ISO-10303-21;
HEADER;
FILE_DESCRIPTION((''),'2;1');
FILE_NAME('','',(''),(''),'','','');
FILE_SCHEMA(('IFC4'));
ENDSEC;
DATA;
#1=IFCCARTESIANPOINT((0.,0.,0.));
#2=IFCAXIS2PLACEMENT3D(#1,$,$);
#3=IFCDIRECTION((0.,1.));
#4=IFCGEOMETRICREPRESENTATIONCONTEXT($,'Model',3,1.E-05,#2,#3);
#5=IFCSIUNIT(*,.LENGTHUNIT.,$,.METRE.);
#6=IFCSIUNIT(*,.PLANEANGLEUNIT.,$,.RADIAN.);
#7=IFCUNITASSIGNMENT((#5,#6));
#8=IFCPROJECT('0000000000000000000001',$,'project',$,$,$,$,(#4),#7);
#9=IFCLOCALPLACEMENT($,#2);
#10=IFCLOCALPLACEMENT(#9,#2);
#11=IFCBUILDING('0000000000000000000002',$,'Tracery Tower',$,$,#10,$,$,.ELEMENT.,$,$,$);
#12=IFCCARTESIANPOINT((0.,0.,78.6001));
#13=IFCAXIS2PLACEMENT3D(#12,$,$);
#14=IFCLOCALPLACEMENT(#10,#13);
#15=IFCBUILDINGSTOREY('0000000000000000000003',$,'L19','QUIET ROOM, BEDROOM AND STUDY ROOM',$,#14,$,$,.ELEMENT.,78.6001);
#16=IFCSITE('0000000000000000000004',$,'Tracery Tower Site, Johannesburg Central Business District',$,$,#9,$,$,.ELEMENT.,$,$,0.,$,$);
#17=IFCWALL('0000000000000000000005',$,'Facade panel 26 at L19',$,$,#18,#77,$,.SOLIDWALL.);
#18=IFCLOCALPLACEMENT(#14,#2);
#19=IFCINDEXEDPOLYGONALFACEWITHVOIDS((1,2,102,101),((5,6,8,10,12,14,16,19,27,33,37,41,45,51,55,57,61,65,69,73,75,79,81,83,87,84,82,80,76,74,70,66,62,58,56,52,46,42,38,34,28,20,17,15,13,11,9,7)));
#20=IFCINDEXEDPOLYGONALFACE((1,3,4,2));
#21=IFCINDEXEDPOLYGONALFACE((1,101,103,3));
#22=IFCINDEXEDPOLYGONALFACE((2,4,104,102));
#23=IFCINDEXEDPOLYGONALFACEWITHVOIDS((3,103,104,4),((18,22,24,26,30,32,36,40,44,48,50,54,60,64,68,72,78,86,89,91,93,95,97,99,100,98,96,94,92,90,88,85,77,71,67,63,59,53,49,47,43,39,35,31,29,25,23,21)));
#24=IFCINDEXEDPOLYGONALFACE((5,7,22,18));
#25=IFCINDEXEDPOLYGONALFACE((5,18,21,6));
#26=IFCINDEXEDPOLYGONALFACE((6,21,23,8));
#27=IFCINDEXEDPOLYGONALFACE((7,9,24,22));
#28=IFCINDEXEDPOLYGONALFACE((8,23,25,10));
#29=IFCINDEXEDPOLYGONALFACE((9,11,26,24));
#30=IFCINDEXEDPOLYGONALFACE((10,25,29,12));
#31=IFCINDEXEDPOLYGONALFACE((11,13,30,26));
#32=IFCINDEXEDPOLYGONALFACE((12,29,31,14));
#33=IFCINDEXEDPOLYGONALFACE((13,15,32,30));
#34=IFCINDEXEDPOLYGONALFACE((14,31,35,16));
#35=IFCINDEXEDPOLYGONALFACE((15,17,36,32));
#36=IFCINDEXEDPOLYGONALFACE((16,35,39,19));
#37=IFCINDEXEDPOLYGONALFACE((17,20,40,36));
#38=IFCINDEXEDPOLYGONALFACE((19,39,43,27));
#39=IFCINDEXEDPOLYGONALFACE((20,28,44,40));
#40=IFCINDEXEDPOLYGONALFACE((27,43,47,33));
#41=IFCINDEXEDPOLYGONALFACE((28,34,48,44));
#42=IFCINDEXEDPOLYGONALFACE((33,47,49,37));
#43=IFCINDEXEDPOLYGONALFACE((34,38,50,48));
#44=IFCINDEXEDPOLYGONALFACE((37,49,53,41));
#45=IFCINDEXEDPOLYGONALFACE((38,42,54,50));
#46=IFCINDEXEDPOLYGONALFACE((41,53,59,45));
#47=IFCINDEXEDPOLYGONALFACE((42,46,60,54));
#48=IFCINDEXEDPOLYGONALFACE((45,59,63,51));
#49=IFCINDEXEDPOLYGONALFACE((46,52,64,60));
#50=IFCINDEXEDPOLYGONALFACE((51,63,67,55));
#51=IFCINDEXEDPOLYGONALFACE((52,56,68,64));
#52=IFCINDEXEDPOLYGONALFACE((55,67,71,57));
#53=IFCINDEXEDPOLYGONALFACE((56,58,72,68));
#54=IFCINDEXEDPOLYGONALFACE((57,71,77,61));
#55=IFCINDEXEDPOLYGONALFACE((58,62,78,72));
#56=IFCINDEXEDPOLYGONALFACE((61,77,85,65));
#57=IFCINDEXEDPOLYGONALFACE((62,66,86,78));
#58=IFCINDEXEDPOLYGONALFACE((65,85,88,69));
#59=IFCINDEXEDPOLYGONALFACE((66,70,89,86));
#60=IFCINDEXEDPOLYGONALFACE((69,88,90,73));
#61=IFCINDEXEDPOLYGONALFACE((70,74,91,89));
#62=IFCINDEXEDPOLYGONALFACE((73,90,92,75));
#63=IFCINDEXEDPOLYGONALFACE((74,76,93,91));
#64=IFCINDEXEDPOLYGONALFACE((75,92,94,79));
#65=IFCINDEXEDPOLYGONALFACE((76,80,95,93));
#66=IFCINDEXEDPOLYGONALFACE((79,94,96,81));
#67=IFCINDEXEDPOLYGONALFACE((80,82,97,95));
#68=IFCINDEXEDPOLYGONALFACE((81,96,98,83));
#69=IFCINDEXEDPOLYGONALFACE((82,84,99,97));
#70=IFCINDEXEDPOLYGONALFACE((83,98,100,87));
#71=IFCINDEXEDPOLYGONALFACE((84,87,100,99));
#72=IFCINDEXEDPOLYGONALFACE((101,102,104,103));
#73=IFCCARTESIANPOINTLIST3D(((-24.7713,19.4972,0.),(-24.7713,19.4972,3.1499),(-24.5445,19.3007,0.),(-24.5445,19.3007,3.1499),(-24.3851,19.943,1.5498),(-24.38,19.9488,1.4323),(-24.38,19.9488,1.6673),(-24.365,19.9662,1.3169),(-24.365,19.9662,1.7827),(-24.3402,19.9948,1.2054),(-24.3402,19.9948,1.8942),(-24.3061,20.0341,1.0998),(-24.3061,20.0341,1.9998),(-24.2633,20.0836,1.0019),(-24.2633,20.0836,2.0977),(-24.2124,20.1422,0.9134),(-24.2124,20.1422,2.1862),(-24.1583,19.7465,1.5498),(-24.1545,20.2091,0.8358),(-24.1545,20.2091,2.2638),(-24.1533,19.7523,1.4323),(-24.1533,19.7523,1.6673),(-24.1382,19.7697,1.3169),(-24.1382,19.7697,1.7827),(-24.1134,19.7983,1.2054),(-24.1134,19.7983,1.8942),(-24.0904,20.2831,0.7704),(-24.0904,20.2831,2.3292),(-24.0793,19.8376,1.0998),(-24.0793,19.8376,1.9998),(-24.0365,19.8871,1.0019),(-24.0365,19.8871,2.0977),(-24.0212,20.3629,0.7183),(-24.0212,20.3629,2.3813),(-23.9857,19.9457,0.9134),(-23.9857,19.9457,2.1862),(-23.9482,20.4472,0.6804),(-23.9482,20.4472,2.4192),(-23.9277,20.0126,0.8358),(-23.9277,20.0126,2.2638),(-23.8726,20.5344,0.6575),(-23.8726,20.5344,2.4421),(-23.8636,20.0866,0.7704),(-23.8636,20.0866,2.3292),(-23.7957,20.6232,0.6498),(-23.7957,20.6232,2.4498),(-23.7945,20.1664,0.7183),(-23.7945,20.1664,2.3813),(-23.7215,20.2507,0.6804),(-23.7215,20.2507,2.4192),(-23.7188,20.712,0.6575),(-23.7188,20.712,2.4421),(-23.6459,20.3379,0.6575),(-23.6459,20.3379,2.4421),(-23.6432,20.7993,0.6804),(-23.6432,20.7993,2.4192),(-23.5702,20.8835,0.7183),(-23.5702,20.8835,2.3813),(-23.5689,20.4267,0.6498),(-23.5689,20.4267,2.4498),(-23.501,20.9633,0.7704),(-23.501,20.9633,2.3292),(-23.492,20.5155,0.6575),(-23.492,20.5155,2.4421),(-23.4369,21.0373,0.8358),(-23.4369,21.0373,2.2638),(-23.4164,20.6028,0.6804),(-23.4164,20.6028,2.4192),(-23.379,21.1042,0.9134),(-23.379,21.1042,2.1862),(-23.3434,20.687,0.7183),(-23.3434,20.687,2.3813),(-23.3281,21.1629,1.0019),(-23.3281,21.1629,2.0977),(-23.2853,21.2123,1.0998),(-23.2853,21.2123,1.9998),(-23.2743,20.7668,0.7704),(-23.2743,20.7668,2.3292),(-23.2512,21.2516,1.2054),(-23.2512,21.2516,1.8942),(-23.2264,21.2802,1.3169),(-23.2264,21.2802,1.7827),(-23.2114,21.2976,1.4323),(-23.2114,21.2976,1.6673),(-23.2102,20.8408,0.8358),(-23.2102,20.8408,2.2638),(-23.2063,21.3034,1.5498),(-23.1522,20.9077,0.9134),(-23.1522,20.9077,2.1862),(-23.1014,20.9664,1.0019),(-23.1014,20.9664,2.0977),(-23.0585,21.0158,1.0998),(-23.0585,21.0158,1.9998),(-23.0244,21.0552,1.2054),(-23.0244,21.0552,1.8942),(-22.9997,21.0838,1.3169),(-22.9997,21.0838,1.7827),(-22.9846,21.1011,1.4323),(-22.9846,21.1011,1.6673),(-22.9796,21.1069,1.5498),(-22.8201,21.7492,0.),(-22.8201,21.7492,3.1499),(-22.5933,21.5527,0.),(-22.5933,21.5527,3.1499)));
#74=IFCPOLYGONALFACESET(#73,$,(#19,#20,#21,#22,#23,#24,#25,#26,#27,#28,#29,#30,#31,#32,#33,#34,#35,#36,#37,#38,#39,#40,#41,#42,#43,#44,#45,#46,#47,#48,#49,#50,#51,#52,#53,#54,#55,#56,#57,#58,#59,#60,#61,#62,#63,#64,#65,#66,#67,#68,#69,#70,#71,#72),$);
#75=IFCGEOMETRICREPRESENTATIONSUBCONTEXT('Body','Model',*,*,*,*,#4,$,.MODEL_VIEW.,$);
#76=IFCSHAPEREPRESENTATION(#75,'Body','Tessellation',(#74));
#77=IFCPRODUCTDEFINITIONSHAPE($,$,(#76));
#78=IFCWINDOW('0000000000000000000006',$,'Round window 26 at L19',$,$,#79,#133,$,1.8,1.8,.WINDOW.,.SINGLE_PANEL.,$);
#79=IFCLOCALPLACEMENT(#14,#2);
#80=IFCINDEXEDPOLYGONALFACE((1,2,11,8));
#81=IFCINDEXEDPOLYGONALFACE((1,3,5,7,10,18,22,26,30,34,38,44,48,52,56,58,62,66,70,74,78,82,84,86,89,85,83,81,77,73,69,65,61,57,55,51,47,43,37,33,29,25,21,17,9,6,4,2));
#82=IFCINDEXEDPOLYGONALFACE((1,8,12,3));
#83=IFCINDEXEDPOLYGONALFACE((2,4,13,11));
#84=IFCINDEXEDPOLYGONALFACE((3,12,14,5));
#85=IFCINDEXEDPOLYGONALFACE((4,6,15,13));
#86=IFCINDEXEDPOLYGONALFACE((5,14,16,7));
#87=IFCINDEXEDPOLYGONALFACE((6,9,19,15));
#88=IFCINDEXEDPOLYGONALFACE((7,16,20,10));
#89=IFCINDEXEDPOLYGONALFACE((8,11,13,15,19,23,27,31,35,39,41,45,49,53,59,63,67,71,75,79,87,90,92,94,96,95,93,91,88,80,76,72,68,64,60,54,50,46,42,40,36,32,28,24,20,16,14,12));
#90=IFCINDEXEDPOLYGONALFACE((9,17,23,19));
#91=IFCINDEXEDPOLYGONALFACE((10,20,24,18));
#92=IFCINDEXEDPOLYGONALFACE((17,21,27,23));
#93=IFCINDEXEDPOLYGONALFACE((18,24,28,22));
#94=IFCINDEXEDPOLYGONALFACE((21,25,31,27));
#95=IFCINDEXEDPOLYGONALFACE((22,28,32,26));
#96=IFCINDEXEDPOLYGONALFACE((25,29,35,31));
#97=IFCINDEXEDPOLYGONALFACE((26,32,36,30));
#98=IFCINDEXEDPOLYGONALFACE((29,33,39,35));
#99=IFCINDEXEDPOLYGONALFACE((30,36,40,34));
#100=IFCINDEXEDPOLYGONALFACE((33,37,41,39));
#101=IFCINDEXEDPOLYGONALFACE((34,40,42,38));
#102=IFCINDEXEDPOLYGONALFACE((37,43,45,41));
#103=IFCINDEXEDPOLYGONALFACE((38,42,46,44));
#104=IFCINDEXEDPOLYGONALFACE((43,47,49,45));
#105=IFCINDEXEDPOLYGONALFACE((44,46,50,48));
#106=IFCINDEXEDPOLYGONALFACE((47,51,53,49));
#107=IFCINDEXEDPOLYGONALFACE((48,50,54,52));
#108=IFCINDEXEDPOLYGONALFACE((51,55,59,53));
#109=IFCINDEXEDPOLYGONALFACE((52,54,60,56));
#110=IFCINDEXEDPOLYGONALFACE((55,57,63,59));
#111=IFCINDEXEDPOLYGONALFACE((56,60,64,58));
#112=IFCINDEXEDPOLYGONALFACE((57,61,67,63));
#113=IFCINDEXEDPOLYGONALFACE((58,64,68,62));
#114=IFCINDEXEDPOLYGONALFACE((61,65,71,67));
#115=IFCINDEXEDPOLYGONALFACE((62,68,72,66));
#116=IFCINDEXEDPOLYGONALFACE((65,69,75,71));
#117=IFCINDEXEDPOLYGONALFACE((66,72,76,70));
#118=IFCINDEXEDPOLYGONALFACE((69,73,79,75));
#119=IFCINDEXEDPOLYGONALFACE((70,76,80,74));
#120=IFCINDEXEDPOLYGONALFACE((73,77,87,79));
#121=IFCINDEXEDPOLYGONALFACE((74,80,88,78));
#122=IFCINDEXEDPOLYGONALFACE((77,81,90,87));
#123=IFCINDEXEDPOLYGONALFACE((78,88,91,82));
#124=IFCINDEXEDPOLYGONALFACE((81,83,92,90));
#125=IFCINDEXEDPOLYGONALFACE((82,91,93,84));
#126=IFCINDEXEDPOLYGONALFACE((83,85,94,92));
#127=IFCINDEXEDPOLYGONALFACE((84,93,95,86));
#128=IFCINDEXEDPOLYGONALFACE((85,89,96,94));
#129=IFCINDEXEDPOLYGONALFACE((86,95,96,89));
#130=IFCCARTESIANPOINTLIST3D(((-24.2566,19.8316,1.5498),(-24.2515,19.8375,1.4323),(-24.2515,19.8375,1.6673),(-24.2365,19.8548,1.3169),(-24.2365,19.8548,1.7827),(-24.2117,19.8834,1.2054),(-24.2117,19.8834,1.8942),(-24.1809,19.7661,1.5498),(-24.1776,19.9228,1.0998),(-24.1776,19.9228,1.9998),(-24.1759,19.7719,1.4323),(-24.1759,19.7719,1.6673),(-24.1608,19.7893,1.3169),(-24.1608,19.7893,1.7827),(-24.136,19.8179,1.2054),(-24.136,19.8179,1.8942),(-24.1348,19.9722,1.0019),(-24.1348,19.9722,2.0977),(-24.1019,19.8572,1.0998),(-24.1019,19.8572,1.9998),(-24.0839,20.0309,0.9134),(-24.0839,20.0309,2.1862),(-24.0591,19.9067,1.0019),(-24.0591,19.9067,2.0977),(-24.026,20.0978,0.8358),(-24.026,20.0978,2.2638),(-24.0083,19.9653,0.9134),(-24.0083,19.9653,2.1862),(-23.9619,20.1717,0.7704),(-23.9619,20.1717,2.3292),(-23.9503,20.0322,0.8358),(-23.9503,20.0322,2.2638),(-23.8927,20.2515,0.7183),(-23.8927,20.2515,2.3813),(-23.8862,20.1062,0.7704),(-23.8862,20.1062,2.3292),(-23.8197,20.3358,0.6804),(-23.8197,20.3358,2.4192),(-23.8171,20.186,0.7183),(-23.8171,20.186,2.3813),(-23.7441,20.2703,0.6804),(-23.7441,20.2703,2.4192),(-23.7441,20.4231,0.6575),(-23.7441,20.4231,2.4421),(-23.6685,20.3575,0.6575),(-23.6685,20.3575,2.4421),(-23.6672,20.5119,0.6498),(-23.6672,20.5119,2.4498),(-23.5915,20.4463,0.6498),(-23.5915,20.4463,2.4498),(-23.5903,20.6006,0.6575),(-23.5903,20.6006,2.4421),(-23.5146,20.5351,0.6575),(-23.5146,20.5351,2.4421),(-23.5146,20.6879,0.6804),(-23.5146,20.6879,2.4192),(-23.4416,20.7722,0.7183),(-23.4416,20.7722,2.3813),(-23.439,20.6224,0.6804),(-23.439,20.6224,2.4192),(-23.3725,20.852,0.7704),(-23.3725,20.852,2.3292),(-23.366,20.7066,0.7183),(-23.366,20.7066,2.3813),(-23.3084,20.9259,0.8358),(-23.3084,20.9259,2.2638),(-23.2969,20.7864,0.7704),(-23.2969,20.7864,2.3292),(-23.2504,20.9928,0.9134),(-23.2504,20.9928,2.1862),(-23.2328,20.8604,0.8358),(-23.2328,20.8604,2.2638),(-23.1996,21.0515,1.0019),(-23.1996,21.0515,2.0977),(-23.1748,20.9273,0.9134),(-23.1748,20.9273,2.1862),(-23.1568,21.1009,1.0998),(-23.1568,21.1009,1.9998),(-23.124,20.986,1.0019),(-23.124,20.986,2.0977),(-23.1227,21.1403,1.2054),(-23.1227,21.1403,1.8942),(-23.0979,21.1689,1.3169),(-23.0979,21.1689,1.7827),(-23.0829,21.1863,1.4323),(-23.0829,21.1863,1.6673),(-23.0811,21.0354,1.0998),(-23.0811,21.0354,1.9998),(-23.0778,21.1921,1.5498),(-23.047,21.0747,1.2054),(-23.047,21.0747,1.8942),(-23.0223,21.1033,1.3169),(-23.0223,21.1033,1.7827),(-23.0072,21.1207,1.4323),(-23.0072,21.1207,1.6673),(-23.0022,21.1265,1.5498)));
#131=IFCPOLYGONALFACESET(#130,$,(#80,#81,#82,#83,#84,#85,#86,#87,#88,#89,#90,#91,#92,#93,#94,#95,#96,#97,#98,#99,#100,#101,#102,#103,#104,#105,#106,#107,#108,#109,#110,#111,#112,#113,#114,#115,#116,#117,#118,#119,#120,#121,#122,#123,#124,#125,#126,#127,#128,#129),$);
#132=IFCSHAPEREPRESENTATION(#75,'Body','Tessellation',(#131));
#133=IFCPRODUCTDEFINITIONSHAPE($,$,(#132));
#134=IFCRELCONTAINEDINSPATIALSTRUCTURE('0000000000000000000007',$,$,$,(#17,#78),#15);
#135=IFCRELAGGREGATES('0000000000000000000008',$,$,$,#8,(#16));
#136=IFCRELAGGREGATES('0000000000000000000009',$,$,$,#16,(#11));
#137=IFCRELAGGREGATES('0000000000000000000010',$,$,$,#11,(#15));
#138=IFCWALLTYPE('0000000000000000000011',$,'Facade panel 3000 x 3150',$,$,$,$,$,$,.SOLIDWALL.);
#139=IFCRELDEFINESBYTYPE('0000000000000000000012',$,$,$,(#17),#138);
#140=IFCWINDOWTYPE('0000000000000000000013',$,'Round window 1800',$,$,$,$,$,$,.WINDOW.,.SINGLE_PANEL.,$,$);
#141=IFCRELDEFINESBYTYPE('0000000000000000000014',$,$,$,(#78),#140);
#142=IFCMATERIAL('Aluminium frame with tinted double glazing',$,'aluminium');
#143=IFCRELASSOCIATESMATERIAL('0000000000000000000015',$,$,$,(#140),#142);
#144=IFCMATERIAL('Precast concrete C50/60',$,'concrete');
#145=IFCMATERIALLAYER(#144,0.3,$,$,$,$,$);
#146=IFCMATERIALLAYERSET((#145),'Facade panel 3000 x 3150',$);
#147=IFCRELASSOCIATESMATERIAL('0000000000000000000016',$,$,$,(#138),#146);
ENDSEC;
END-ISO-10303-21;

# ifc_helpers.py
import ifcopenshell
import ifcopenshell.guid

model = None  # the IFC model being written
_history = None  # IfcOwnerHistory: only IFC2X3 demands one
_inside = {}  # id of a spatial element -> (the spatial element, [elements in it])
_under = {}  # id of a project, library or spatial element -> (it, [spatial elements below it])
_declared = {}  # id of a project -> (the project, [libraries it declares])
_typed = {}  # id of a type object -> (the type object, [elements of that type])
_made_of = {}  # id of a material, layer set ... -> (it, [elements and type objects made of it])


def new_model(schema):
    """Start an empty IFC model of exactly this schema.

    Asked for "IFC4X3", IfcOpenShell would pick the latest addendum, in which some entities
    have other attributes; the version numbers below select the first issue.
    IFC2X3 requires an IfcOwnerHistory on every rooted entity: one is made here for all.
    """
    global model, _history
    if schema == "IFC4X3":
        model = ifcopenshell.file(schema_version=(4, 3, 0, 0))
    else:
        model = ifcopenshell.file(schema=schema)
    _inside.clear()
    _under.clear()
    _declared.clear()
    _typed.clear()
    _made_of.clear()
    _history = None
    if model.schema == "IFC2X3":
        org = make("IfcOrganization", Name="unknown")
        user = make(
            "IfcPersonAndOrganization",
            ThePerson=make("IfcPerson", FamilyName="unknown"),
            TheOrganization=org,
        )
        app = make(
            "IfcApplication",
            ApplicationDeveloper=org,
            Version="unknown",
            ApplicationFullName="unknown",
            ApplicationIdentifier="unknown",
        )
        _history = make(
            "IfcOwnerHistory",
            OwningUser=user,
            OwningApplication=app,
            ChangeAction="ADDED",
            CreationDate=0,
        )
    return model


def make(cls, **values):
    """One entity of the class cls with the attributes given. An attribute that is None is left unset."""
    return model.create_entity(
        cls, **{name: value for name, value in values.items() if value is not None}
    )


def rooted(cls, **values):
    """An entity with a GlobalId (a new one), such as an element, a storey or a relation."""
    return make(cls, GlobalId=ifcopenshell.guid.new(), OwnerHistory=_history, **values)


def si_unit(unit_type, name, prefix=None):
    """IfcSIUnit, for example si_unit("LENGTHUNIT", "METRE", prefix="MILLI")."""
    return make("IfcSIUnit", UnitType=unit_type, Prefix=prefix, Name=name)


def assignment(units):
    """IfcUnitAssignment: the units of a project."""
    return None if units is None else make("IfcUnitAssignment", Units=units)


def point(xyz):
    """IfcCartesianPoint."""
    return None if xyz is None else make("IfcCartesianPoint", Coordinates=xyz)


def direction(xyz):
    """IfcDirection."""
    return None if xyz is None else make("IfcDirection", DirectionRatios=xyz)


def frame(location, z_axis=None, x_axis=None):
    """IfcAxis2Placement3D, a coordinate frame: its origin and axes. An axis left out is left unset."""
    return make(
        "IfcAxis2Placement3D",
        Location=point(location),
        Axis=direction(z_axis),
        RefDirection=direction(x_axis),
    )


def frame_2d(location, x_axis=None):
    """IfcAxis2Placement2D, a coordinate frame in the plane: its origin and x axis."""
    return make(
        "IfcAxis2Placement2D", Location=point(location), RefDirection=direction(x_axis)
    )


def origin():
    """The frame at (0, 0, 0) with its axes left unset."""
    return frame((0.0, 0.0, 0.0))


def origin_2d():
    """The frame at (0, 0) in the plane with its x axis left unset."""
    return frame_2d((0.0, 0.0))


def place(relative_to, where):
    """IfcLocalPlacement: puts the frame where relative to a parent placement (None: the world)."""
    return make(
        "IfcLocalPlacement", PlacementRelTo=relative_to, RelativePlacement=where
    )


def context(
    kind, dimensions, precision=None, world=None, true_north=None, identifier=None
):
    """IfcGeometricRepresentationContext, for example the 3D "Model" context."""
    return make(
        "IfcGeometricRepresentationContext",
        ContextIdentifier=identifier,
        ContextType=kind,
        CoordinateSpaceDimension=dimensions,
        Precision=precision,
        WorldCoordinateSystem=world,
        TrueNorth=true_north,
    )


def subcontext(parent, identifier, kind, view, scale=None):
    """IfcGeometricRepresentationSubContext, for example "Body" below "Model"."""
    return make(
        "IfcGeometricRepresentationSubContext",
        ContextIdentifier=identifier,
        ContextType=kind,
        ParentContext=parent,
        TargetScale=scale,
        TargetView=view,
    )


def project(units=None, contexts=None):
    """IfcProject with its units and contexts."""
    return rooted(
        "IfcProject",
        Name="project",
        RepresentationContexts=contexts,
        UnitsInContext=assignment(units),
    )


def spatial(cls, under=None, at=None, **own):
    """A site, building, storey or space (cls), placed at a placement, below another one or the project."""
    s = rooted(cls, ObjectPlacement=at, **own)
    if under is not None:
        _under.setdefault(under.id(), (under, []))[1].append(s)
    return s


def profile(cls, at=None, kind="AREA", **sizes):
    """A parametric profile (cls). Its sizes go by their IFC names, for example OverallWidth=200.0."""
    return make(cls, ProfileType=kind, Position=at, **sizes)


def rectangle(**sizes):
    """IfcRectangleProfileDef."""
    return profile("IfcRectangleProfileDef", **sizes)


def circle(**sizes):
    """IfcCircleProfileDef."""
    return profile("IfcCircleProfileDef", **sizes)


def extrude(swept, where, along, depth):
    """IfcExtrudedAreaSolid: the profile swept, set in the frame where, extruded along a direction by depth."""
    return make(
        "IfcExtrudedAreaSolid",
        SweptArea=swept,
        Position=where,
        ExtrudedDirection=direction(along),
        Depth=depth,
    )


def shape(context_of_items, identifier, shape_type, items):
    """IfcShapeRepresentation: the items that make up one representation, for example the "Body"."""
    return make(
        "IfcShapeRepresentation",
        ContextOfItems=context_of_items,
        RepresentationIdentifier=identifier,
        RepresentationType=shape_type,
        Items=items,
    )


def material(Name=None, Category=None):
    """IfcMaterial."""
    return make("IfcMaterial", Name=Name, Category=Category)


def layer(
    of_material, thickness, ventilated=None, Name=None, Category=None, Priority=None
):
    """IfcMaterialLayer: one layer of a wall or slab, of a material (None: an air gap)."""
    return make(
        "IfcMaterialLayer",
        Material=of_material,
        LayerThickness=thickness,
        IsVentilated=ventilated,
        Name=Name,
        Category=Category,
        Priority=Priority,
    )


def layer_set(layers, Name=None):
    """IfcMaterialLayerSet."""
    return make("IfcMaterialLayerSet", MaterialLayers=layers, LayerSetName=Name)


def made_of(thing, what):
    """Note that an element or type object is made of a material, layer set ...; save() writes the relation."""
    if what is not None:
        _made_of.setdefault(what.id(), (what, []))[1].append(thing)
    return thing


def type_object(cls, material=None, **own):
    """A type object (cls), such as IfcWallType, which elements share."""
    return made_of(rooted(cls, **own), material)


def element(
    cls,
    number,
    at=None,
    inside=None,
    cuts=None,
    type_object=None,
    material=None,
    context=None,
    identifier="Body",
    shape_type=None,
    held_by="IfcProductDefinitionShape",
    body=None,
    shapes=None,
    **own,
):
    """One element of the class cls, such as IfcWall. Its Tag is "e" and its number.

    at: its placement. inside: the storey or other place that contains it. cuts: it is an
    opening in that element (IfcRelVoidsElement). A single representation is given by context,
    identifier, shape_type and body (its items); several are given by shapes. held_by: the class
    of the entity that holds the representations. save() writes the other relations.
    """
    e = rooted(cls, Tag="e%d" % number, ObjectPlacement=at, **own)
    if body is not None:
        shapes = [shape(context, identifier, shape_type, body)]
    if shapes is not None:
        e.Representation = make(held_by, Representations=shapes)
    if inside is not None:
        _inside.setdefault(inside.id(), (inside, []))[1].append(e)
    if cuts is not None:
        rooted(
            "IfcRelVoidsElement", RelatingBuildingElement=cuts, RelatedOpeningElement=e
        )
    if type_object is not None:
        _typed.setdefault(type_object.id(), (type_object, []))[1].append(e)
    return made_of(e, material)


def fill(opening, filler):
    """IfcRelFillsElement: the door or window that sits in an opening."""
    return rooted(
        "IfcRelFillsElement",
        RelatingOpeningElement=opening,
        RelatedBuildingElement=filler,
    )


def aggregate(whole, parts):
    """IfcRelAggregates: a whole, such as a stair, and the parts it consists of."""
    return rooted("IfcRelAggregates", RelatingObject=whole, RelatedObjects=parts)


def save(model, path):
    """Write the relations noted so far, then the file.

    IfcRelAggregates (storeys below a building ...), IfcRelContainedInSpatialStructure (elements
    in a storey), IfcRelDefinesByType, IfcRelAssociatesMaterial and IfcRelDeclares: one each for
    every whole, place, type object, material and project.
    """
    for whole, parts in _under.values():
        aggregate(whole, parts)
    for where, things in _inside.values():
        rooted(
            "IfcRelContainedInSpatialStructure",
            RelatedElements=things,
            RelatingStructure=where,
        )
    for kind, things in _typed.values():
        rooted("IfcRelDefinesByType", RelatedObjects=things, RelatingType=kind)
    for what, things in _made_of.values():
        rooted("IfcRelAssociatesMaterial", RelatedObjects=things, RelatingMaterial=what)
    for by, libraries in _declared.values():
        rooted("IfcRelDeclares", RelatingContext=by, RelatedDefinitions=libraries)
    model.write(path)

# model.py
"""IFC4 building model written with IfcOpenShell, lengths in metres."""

from ifc_helpers import new_model, si_unit, direction, frame, frame_2d, origin, origin_2d, place, context, subcontext, project, spatial, rectangle, circle, extrude, material, layer, layer_set, type_object, element, fill, save


model = new_model("IFC4")

# Units and contexts
model_context = context("Model", 3, precision=1e-05, world=origin(), true_north=direction((0.0, 1.0)))
body_context = subcontext(model_context, "Body", "Model", "MODEL_VIEW")
ifc_project = project(units=[si_unit("LENGTHUNIT", "METRE"), si_unit("PLANEANGLEUNIT", "RADIAN")], contexts=[model_context])

# Site, building, storey
site_placement = place(None, origin())
site = spatial("IfcSite", under=ifc_project, at=site_placement, Name="Tracery Tower Site, Johannesburg Central Business District", CompositionType="ELEMENT", RefElevation=0.0)
building_placement = place(site_placement, origin())
building = spatial("IfcBuilding", under=site, at=building_placement, Name="Tracery Tower", CompositionType="ELEMENT")
storey_placement = place(building_placement, frame((0.0, 0.0, 78.6001)))
storey = spatial("IfcBuildingStorey", under=building, at=storey_placement, Name="L19", Description="QUIET ROOM, BEDROOM AND STUDY ROOM", CompositionType="ELEMENT", Elevation=78.6001)

# Wall, opening, window
ifc_material_1 = material(Name="Aluminium frame with tinted double glazing", Category="aluminium")
window_type = type_object("IfcWindowType", Name="Round window 1800", PartitioningType="SINGLE_PANEL", PredefinedType="WINDOW", material=ifc_material_1)
ifc_material_2 = material(Name="Precast concrete C50/60", Category="concrete")
ifc_layer_1 = layer(ifc_material_2, 0.3)
ifc_layer_set_1 = layer_set([ifc_layer_1], Name="Facade panel 3000 x 3150")
wall_type_1 = type_object("IfcWallType", Name="Facade panel 3000 x 3150", PredefinedType="SOLIDWALL", material=ifc_layer_set_1)
wall_1_placement = place(storey_placement, frame((-22.7068, 21.6509, 0.0), z_axis=(0.0, 0.0, 1.0), x_axis=(-0.654831, -0.755776, 0.0)))
wall_1 = element("IfcWall", 1, at=wall_1_placement, inside=storey, type_object=wall_type_1, Name="Facade panel 26 at L19", PredefinedType="SOLIDWALL", context=body_context, shape_type="SweptSolid", body=[
    extrude(rectangle(XDim=2.9797, YDim=0.3, at=frame_2d((1.4897, 0.0))), origin(), (0.0, 0.0, 1.0), 3.1499),
])
opening_1_placement = place(wall_1_placement, frame((1.4897, 0.0, 1.5498)))
opening_1 = element("IfcOpeningElement", 2, at=opening_1_placement, cuts=wall_1, PredefinedType="OPENING", context=body_context, shape_type="SweptSolid", body=[
    extrude(circle(Radius=0.9, at=origin_2d()), frame((0.0, 0.1599, 0.0), z_axis=(0.0, -1.0, 0.0), x_axis=(1.0, 0.0, 0.0)), (0.0, 0.0, 1.0), 0.3201),
])
window_1_placement = place(opening_1_placement, origin())
window_1 = element("IfcWindow", 3, at=window_1_placement, inside=storey, type_object=window_type, Name="Round window 26 at L19", OverallHeight=1.8, OverallWidth=1.8, PartitioningType="SINGLE_PANEL", PredefinedType="WINDOW", context=body_context, shape_type="SweptSolid", body=[
    extrude(circle(Radius=0.9, at=origin_2d()), frame((0.0, 0.1201, 0.0), z_axis=(0.0, -1.0, 0.0), x_axis=(1.0, 0.0, 0.0)), (0.0, 0.0, 1.0), 0.1001),
])
fill(opening_1, window_1)

save(model, "model.ifc")
